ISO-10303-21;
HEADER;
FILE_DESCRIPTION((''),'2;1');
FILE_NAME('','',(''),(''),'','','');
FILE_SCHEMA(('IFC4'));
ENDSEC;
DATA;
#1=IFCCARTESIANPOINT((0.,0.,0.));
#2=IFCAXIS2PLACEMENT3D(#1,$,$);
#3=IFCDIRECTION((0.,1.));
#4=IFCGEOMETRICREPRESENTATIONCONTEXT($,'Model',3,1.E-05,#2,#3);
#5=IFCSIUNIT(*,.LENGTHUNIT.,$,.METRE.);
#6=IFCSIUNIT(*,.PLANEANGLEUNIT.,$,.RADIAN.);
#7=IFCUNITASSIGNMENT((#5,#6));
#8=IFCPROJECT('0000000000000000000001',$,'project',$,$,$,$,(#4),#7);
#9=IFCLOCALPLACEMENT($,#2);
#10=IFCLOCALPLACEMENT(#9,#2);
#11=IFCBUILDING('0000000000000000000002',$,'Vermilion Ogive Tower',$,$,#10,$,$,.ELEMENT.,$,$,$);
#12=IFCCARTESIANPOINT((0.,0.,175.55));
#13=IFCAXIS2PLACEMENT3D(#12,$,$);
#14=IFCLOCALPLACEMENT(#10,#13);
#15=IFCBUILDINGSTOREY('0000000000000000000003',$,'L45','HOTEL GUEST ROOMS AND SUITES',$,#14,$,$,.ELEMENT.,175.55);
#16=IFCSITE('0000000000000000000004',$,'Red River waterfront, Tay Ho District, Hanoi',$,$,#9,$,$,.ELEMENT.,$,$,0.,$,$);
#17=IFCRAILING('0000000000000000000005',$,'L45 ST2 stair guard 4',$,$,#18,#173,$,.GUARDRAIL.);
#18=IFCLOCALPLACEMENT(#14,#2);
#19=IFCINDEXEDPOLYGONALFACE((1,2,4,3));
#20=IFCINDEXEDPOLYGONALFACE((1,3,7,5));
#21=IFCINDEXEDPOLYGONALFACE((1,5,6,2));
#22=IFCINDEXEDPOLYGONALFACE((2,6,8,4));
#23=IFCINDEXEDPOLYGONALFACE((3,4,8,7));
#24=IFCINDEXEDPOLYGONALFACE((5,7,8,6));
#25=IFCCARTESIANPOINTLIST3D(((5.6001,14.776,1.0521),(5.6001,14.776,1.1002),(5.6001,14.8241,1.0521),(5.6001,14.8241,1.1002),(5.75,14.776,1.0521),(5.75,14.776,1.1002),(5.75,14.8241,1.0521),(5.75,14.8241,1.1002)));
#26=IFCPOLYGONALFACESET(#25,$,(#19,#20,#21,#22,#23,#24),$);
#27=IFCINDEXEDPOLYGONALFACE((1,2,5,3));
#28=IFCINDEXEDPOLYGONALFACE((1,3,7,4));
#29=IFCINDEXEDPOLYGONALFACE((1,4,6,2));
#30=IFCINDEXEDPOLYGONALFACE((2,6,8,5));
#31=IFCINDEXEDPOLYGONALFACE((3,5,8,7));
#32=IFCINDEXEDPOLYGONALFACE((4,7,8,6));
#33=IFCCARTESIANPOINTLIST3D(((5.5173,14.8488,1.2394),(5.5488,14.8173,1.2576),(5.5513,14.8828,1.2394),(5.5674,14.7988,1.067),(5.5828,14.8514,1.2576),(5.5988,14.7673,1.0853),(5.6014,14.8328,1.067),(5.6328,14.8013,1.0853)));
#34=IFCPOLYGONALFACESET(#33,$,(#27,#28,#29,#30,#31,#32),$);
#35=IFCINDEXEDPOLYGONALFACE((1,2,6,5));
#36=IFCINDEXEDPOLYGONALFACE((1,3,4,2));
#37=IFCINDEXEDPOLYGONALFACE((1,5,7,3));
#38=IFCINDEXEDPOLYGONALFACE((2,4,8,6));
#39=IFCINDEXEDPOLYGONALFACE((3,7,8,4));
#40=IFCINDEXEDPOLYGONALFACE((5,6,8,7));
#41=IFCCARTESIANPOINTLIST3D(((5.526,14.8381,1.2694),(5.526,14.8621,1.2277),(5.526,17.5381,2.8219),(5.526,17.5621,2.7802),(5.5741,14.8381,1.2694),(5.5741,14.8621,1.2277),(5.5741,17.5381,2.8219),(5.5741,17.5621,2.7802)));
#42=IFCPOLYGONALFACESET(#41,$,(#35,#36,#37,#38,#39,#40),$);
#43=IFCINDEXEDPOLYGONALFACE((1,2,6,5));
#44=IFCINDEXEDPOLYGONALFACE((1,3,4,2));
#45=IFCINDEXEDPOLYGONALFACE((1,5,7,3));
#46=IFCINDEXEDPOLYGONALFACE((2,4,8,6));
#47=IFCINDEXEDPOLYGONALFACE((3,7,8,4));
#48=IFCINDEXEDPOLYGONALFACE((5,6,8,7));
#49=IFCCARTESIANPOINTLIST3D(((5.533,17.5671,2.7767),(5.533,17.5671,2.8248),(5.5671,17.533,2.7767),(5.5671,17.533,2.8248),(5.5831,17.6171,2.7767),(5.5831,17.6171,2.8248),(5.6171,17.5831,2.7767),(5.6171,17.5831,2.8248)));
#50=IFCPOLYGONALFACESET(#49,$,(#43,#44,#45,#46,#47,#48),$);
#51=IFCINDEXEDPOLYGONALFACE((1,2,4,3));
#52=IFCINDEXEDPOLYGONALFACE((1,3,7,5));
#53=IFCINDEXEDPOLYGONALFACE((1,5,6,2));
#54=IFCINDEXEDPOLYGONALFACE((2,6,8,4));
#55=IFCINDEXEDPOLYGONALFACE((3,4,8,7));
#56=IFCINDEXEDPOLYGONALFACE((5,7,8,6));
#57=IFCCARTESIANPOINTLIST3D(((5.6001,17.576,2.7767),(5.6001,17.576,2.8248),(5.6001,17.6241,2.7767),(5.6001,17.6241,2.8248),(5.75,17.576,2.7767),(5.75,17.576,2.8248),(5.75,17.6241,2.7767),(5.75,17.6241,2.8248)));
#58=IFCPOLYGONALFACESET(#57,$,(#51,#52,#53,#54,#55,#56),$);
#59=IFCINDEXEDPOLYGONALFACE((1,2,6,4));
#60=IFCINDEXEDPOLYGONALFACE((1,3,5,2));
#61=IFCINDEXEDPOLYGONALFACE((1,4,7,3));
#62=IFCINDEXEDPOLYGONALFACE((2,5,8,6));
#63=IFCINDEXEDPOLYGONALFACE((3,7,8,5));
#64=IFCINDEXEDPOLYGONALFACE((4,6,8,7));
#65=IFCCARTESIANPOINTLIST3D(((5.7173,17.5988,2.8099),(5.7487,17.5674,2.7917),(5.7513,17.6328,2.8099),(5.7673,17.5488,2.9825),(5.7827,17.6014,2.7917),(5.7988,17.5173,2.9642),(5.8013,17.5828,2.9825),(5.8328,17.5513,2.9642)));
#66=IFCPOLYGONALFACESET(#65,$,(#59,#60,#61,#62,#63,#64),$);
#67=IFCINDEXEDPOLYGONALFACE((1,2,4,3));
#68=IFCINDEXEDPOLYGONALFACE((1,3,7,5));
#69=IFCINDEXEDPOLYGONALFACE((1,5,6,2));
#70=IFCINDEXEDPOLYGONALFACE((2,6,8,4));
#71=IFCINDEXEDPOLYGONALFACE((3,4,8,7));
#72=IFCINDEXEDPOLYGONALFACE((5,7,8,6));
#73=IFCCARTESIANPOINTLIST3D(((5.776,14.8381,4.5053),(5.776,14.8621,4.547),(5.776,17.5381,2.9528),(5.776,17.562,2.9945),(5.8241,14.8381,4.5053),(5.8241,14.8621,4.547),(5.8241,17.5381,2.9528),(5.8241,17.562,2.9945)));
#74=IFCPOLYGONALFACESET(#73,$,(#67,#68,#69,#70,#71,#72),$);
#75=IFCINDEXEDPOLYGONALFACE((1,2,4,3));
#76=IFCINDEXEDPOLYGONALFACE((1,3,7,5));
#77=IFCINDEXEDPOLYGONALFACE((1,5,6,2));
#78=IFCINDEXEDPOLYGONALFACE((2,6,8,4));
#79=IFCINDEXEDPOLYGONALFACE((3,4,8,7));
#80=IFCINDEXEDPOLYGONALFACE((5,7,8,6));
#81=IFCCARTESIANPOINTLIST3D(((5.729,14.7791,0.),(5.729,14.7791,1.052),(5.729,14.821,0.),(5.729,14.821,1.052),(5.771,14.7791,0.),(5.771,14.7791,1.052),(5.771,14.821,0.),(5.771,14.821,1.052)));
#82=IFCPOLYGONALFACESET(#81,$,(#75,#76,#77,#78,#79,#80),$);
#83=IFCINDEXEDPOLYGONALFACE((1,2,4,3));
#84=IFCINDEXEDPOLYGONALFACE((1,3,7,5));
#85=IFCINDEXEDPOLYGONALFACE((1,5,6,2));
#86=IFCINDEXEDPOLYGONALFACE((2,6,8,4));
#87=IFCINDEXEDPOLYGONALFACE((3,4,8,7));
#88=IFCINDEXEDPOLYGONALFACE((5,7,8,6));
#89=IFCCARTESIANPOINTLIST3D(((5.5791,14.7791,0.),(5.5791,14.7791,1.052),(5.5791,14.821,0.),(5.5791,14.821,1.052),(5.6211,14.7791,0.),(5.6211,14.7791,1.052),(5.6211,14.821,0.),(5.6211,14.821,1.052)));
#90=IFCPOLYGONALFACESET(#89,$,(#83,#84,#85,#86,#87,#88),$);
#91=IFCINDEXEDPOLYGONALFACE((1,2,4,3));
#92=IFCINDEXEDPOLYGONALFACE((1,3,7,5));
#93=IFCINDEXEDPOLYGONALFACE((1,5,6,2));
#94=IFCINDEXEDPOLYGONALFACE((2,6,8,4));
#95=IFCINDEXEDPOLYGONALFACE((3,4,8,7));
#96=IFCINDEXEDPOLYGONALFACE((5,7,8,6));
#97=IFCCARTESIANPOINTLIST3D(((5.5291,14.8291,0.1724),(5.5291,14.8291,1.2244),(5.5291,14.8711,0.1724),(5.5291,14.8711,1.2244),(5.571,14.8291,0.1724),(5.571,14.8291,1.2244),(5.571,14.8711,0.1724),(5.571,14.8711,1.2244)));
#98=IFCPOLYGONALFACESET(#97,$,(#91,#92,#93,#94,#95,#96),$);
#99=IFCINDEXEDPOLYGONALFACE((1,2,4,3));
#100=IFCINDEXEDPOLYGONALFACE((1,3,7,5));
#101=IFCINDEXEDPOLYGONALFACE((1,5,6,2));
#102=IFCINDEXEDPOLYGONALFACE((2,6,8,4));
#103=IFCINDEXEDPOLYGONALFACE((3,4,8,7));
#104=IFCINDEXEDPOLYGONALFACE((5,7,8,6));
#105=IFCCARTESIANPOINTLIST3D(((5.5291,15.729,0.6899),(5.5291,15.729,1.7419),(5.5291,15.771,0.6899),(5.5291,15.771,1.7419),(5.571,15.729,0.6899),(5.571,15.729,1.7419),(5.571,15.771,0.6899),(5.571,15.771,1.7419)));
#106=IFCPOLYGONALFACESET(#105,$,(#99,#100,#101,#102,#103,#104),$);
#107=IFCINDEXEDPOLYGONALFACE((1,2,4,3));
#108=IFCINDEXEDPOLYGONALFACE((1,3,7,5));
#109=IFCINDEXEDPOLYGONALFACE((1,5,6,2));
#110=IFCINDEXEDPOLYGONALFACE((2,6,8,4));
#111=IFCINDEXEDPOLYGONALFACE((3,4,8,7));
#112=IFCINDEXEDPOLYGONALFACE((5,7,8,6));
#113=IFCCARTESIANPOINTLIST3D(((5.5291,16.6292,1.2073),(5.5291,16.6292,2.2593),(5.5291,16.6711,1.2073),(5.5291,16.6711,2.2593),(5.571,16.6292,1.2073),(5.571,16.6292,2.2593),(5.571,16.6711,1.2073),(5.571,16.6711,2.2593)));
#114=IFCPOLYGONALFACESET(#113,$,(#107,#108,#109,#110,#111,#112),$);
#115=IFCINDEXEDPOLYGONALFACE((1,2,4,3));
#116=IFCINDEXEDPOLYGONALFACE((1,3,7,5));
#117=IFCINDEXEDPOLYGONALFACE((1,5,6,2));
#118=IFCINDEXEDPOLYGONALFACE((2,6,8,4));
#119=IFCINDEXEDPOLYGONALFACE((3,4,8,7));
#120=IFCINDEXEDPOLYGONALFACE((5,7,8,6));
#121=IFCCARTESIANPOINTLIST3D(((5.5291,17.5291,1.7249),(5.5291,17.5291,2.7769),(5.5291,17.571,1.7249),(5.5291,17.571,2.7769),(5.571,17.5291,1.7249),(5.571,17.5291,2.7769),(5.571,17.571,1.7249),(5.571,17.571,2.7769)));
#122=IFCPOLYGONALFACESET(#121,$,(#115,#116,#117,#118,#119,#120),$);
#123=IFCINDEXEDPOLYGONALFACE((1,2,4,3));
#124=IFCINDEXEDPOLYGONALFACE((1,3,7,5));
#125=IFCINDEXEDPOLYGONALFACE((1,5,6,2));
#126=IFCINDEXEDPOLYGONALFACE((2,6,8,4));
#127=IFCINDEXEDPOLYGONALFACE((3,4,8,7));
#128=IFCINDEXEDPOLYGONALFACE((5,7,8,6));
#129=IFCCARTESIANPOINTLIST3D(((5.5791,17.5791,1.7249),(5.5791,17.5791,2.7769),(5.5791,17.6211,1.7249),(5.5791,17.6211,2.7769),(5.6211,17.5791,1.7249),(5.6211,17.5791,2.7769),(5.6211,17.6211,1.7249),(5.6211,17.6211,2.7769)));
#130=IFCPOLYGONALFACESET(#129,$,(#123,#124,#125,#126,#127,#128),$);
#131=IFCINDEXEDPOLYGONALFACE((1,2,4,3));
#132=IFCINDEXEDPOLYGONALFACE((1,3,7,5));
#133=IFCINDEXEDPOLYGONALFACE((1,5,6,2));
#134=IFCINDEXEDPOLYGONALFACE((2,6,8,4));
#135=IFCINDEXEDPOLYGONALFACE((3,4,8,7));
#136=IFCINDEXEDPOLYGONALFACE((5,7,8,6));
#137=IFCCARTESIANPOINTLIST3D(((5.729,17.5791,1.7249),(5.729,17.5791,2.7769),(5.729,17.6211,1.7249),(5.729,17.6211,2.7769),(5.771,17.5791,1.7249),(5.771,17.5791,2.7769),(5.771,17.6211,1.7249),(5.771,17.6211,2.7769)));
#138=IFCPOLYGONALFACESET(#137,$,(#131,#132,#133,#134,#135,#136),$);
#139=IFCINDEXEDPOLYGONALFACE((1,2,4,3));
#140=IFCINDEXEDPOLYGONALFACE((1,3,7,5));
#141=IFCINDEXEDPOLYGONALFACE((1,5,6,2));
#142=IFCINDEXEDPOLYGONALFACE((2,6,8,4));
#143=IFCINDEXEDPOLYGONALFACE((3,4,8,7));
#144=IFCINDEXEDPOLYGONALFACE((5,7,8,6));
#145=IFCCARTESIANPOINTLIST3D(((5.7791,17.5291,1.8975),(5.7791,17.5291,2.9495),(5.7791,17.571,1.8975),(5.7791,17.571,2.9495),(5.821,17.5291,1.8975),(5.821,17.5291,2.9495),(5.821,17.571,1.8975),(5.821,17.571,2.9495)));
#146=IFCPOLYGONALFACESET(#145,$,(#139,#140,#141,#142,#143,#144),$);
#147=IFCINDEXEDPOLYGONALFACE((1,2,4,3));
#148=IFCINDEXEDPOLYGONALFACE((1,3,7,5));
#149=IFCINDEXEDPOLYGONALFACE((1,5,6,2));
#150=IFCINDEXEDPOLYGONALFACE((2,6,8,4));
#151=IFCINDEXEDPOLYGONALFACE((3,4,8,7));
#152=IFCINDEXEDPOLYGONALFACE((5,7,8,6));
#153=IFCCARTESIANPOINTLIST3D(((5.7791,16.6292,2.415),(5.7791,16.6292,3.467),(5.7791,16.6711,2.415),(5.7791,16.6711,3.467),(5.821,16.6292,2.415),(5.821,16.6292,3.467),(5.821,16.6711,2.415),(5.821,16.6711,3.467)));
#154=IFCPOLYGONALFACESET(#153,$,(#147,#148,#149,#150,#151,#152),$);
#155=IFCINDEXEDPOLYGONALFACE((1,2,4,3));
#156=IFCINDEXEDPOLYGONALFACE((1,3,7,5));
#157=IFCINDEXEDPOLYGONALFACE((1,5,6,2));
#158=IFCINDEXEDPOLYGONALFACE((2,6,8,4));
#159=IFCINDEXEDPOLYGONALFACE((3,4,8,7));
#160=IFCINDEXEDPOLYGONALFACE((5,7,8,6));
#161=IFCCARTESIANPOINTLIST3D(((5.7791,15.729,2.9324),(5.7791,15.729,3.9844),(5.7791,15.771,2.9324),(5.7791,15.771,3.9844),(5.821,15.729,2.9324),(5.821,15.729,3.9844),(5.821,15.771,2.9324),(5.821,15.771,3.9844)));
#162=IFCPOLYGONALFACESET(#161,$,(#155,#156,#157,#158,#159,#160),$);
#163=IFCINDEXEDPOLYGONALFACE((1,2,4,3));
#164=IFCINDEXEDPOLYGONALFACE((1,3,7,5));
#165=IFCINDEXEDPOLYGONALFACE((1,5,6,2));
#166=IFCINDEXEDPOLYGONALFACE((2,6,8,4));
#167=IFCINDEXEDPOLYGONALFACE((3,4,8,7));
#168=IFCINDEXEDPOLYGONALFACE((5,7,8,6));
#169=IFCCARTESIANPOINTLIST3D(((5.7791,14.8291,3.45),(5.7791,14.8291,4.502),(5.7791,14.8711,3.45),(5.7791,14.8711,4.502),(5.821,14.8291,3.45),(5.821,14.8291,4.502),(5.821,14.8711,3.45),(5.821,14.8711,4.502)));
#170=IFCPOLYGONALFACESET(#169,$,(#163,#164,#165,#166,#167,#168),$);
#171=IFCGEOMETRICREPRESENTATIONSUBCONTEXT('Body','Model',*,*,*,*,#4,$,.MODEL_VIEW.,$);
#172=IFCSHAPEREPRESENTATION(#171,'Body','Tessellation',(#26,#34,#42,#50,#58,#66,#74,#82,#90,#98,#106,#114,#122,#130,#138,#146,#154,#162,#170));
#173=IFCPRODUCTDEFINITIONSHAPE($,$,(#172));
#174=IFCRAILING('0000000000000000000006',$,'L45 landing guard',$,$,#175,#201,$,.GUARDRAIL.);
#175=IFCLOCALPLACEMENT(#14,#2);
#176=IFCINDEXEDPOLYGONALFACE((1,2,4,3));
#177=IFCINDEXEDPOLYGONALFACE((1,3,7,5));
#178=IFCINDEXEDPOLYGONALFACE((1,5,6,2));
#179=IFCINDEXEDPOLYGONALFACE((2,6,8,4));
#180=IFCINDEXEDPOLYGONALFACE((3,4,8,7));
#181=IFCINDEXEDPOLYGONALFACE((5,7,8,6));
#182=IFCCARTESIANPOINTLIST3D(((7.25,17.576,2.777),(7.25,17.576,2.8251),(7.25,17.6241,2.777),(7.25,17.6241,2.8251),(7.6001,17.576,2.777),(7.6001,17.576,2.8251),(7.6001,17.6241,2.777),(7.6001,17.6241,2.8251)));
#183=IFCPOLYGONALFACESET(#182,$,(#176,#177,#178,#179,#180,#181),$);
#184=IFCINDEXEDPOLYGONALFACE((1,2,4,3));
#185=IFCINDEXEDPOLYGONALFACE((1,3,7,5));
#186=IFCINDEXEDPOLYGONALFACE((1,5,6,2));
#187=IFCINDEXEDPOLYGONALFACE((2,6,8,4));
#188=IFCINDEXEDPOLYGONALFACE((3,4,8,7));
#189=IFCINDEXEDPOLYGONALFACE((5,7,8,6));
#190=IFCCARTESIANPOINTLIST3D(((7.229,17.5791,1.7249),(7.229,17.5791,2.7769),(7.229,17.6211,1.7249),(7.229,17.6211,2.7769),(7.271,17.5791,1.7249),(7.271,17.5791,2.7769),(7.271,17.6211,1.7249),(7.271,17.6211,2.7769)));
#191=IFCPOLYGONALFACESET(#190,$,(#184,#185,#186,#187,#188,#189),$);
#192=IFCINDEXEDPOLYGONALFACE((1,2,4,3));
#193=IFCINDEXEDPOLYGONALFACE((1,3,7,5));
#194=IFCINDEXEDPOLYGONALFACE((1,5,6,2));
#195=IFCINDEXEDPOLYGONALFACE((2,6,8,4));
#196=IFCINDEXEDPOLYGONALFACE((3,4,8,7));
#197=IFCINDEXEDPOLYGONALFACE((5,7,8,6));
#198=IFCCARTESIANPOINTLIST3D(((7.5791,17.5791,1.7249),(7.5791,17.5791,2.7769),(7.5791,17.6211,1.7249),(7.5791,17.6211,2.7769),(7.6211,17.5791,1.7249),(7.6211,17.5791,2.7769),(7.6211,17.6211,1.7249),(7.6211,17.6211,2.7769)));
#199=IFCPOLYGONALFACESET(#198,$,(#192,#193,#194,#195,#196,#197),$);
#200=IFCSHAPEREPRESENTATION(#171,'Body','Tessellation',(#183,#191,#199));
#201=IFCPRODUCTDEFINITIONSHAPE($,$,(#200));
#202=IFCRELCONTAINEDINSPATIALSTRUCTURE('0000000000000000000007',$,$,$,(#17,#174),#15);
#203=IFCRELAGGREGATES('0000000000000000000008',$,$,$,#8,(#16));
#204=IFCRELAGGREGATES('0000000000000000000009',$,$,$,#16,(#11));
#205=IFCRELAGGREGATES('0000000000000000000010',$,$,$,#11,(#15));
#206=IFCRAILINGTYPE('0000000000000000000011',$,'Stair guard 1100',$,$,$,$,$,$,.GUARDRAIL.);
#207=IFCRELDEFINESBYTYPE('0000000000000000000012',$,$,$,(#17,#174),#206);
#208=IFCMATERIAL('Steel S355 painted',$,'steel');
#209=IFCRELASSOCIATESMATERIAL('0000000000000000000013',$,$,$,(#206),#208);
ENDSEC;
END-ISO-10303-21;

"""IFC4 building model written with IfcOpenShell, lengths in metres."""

from ifc_helpers import new_model, si_unit, direction, frame, origin, origin_2d, place, context, subcontext, project, spatial, rectangle, extrude, material, type_object, element, save


model = new_model("IFC4")

# Units and contexts
model_context = context("Model", 3, precision=1e-05, world=origin(), true_north=direction((0.0, 1.0)))
body_context = subcontext(model_context, "Body", "Model", "MODEL_VIEW")
ifc_project = project(units=[si_unit("LENGTHUNIT", "METRE"), si_unit("PLANEANGLEUNIT", "RADIAN")], contexts=[model_context])

# Site, building, storey
site_placement = place(None, origin())
site = spatial("IfcSite", under=ifc_project, at=site_placement, Name="Red River waterfront, Tay Ho District, Hanoi", CompositionType="ELEMENT", RefElevation=0.0)
building_placement = place(site_placement, origin())
building = spatial("IfcBuilding", under=site, at=building_placement, Name="Vermilion Ogive Tower", CompositionType="ELEMENT")
storey_placement = place(building_placement, frame((0.0, 0.0, 175.55)))
storey = spatial("IfcBuildingStorey", under=building, at=storey_placement, Name="L45", Description="HOTEL GUEST ROOMS AND SUITES", CompositionType="ELEMENT", Elevation=175.55)

# Railings
ifc_material_1 = material(Name="Steel S355 painted", Category="steel")
railing_type_1 = type_object("IfcRailingType", Name="Stair guard 1100", PredefinedType="GUARDRAIL", material=ifc_material_1)
railing_1_placement = place(storey_placement, frame((5.75, 14.8, 0.0)))
element("IfcRailing", 1, at=railing_1_placement, inside=storey, type_object=railing_type_1, Name="L45 ST2 stair guard 4", PredefinedType="GUARDRAIL", context=body_context, shape_type="SweptSolid", body=[
    extrude(rectangle(XDim=0.0481, YDim=0.0481, at=origin_2d()), frame((0.0, 0.0, 1.0762), z_axis=(-1.0, 0.0, 0.0), x_axis=(0.0, -1.0, 0.0)), (0.0, 0.0, 1.0), 0.1499),
    extrude(rectangle(XDim=0.0481, YDim=0.0481, at=origin_2d()), frame((-0.1499, 0.0, 1.0762), z_axis=(-0.268603, 0.268603, 0.925043), x_axis=(-0.707107, -0.707107, 0.0)), (0.0, 0.0, 1.0), 0.1863),
    extrude(rectangle(XDim=0.0481, YDim=0.0481, at=origin_2d()), frame((-0.2, 0.05, 1.2485), z_axis=(0.0, 0.866904, 0.498476), x_axis=(-1.0, 0.0, 0.0)), (0.0, 0.0, 1.0), 3.1145),
    extrude(rectangle(XDim=0.0481, YDim=0.0481, at=origin_2d()), frame((-0.2, 2.75, 2.8008), z_axis=(0.707107, 0.707107, 0.0), x_axis=(-0.707107, 0.707107, 0.0)), (0.0, 0.0, 1.0), 0.0708),
    extrude(rectangle(XDim=0.0481, YDim=0.0481, at=origin_2d()), frame((-0.1499, 2.8, 2.8008), z_axis=(1.0, 0.0, 0.0), x_axis=(0.0, 1.0, 0.0)), (0.0, 0.0, 1.0), 0.1499),
    extrude(rectangle(XDim=0.0481, YDim=0.0481, at=origin_2d()), frame((0.0, 2.8, 2.8008), z_axis=(0.268278, -0.268278, 0.925232), x_axis=(0.707107, 0.707107, 0.0)), (0.0, 0.0, 1.0), 0.1865),
    extrude(rectangle(XDim=0.0481, YDim=0.0481, at=origin_2d()), frame((0.05, 2.75, 2.9736), z_axis=(0.0, -0.866904, 0.498476), x_axis=(1.0, 0.0, 0.0)), (0.0, 0.0, 1.0), 3.1145),
    extrude(rectangle(XDim=0.042, YDim=0.042, at=origin_2d()), origin(), (0.0, 0.0, 1.0), 1.052),
    extrude(rectangle(XDim=0.042, YDim=0.042, at=origin_2d()), frame((-0.1499, 0.0, 0.0)), (0.0, 0.0, 1.0), 1.052),
    extrude(rectangle(XDim=0.042, YDim=0.042, at=origin_2d()), frame((-0.2, 0.05, 0.1724)), (0.0, 0.0, 1.0), 1.052),
    extrude(rectangle(XDim=0.042, YDim=0.042, at=origin_2d()), frame((-0.2, 0.95, 0.6899)), (0.0, 0.0, 1.0), 1.052),
    extrude(rectangle(XDim=0.042, YDim=0.042, at=origin_2d()), frame((-0.2, 1.8501, 1.2073)), (0.0, 0.0, 1.0), 1.052),
    extrude(rectangle(XDim=0.042, YDim=0.042, at=origin_2d()), frame((-0.2, 2.75, 1.7249)), (0.0, 0.0, 1.0), 1.052),
    extrude(rectangle(XDim=0.042, YDim=0.042, at=origin_2d()), frame((-0.1499, 2.8, 1.7249)), (0.0, 0.0, 1.0), 1.052),
    extrude(rectangle(XDim=0.042, YDim=0.042, at=origin_2d()), frame((0.0, 2.8, 1.7249)), (0.0, 0.0, 1.0), 1.052),
    extrude(rectangle(XDim=0.042, YDim=0.042, at=origin_2d()), frame((0.05, 2.75, 1.8975)), (0.0, 0.0, 1.0), 1.052),
    extrude(rectangle(XDim=0.042, YDim=0.042, at=origin_2d()), frame((0.05, 1.8501, 2.415)), (0.0, 0.0, 1.0), 1.052),
    extrude(rectangle(XDim=0.042, YDim=0.042, at=origin_2d()), frame((0.05, 0.95, 2.9324)), (0.0, 0.0, 1.0), 1.052),
    extrude(rectangle(XDim=0.042, YDim=0.042, at=origin_2d()), frame((0.05, 0.05, 3.45)), (0.0, 0.0, 1.0), 1.052),
])
railing_2_placement = place(storey_placement, frame((7.25, 17.6001, 1.7249)))
element("IfcRailing", 2, at=railing_2_placement, inside=storey, type_object=railing_type_1, Name="L45 landing guard", PredefinedType="GUARDRAIL", context=body_context, shape_type="SweptSolid", body=[
    extrude(rectangle(XDim=0.0481, YDim=0.0481, at=origin_2d()), frame((0.0, 0.0, 1.0762), z_axis=(1.0, 0.0, 0.0), x_axis=(0.0, 1.0, 0.0)), (0.0, 0.0, 1.0), 0.3501),
    extrude(rectangle(XDim=0.042, YDim=0.042, at=origin_2d()), origin(), (0.0, 0.0, 1.0), 1.052),
    extrude(rectangle(XDim=0.042, YDim=0.042, at=origin_2d()), frame((0.3501, 0.0, 0.0)), (0.0, 0.0, 1.0), 1.052),
])

save(model, "model.ifc")
